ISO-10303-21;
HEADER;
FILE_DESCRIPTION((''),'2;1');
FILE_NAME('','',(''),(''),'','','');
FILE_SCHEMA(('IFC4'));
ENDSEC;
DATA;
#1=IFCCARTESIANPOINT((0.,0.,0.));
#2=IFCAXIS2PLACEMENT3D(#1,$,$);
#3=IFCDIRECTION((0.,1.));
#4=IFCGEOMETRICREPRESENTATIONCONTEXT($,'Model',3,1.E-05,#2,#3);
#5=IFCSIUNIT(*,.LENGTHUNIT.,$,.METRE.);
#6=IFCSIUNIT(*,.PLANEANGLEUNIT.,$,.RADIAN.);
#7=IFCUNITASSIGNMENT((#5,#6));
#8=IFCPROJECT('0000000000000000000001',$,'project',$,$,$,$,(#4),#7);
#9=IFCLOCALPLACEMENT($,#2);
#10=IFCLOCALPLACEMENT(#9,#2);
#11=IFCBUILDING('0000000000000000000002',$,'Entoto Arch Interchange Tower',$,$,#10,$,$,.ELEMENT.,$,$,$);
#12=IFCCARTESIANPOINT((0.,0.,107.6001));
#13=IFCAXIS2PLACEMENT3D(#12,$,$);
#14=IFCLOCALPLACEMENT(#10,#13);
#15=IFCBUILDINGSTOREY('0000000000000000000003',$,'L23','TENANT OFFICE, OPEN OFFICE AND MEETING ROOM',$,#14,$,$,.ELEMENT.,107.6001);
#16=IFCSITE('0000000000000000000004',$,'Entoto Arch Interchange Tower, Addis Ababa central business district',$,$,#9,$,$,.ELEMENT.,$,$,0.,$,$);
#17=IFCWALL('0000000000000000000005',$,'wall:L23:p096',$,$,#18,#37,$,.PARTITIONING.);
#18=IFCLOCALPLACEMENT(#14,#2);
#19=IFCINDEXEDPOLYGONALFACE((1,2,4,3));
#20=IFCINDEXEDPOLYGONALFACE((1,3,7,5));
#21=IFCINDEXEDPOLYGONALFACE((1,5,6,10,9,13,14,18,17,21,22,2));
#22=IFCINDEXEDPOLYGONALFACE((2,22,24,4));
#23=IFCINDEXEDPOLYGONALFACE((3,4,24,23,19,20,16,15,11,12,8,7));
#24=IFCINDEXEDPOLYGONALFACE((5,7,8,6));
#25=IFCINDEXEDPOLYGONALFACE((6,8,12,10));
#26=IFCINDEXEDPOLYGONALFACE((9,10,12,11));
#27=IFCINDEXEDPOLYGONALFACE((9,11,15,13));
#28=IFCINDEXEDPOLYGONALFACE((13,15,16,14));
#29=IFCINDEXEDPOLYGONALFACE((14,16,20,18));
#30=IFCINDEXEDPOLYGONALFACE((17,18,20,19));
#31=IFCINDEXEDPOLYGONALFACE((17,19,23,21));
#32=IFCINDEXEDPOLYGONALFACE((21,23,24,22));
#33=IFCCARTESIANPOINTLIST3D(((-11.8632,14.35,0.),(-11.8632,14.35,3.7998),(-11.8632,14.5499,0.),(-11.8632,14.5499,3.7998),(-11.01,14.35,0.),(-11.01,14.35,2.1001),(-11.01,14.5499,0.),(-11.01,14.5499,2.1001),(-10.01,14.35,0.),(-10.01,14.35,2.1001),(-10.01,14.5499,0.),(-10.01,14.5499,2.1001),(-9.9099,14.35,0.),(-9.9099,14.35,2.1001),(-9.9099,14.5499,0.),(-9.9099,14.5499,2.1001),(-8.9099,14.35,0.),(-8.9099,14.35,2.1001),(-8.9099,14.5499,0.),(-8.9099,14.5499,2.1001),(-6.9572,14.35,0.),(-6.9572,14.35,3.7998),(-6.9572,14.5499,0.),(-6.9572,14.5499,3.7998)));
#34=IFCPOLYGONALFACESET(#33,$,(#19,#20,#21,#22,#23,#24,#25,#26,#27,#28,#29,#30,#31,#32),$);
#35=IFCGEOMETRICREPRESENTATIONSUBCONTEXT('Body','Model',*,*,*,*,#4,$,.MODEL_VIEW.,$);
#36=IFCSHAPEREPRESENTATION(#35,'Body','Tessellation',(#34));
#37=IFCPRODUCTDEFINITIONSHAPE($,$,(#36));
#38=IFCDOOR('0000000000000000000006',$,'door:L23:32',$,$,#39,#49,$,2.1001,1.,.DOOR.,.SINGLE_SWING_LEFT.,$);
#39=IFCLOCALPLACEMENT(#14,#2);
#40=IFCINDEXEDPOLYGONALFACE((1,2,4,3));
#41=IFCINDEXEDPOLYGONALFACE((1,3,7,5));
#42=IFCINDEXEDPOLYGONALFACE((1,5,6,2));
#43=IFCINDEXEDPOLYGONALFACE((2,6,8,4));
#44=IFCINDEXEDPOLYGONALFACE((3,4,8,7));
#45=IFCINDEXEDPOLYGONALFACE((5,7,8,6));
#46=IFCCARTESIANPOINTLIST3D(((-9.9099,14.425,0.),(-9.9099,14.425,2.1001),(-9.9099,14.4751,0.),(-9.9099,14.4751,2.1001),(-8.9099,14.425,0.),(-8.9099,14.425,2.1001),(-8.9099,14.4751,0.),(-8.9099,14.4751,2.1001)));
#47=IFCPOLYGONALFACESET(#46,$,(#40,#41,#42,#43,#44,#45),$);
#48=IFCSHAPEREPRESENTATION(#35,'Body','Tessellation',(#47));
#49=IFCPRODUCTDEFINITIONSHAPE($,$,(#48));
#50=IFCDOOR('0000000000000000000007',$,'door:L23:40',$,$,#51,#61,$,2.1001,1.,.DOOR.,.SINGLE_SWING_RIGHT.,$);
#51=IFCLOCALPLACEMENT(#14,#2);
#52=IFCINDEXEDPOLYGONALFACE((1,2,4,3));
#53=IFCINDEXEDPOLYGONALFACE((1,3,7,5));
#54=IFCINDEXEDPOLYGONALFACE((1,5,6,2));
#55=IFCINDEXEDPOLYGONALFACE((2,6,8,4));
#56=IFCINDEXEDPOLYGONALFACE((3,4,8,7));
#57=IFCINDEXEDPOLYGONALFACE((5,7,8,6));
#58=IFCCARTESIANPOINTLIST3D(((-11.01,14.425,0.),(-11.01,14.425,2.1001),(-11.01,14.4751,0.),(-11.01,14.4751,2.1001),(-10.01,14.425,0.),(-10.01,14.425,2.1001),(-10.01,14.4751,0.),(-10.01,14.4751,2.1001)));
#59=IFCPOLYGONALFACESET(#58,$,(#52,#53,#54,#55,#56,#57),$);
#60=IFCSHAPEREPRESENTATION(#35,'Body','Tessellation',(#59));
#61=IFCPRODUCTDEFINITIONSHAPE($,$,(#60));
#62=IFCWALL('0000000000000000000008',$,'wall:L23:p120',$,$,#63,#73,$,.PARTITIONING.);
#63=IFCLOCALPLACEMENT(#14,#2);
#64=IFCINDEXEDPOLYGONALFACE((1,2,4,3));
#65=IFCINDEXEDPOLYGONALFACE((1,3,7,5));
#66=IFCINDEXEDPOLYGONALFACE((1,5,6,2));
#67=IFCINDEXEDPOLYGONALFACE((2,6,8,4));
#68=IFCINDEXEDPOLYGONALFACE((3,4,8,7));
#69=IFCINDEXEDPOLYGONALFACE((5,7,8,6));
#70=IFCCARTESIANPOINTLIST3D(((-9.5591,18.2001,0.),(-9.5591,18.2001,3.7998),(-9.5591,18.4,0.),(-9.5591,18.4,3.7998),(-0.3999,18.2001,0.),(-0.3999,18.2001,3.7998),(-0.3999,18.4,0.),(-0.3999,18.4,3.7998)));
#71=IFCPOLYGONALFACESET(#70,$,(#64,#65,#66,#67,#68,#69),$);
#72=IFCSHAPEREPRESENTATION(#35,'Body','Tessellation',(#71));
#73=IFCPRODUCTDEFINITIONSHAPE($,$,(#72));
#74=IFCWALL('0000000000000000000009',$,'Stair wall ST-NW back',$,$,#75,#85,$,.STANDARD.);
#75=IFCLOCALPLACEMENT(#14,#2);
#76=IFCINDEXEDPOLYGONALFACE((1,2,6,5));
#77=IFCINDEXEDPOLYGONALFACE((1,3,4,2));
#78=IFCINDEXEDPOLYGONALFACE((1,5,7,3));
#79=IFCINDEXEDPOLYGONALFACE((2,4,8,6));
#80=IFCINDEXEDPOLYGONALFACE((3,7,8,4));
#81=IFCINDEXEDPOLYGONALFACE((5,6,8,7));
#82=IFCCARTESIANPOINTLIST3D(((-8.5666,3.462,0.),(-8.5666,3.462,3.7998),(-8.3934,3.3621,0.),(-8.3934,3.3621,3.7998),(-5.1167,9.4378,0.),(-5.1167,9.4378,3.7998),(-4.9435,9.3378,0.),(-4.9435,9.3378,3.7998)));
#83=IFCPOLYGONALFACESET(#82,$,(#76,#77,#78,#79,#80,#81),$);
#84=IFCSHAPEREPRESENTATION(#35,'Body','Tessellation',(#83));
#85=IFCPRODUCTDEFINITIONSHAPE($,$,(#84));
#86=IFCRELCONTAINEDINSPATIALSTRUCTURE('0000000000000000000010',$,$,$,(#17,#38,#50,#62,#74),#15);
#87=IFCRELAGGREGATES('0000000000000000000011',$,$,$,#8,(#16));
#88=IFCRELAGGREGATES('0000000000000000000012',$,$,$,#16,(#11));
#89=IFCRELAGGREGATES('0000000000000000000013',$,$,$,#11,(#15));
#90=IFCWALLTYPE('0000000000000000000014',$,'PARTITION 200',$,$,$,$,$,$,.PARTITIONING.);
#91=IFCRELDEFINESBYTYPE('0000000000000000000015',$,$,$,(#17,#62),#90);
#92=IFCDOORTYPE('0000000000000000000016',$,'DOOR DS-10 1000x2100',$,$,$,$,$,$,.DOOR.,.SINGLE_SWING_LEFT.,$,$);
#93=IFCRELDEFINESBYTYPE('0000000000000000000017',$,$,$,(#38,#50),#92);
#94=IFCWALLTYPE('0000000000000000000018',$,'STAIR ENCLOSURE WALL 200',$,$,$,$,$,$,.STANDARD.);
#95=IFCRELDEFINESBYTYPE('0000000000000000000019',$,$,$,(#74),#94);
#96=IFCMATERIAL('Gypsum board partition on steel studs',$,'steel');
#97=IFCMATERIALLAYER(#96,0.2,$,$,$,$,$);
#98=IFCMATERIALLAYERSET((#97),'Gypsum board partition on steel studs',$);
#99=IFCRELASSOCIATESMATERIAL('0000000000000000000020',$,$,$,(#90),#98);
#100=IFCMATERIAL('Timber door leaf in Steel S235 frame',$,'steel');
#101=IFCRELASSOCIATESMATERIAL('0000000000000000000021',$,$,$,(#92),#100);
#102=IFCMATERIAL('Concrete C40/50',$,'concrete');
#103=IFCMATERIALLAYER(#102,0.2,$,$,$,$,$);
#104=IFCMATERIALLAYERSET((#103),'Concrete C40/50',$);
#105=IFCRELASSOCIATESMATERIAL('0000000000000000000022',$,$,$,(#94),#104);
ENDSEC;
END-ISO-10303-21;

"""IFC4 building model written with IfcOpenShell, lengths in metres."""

from ifc_helpers import new_model, si_unit, direction, frame, frame_2d, origin, place, context, subcontext, project, spatial, rectangle, extrude, material, layer, layer_set, type_object, element, fill, save


model = new_model("IFC4")

# Units and contexts
model_context = context("Model", 3, precision=1e-05, world=origin(), true_north=direction((0.0, 1.0)))
body_context = subcontext(model_context, "Body", "Model", "MODEL_VIEW")
ifc_project = project(units=[si_unit("LENGTHUNIT", "METRE"), si_unit("PLANEANGLEUNIT", "RADIAN")], contexts=[model_context])

# Site, building, storey
site_placement = place(None, origin())
site = spatial("IfcSite", under=ifc_project, at=site_placement, Name="Entoto Arch Interchange Tower, Addis Ababa central business district", CompositionType="ELEMENT", RefElevation=0.0)
building_placement = place(site_placement, origin())
building = spatial("IfcBuilding", under=site, at=building_placement, Name="Entoto Arch Interchange Tower", CompositionType="ELEMENT")
storey_placement = place(building_placement, frame((0.0, 0.0, 107.6001)))
storey = spatial("IfcBuildingStorey", under=building, at=storey_placement, Name="L23", Description="TENANT OFFICE, OPEN OFFICE AND MEETING ROOM", CompositionType="ELEMENT", Elevation=107.6001)

# Shared definitions
ifc_material_1 = material(Name="Concrete C40/50", Category="concrete")

# Shared definitions
ifc_material_2 = material(Name="Gypsum board partition on steel studs", Category="steel")
ifc_layer_1 = layer(ifc_material_2, 0.2)
ifc_layer_set_1 = layer_set([ifc_layer_1], Name="Gypsum board partition on steel studs")
wall_type_1 = type_object("IfcWallType", Name="PARTITION 200", PredefinedType="PARTITIONING", material=ifc_layer_set_1)

# Wall, openings, doors
wall_1_placement = place(storey_placement, frame((-6.957, 14.45, 0.0), z_axis=(0.0, 0.0, 1.0), x_axis=(-1.0, 0.0, 0.0)))
wall_1 = element("IfcWall", 1, at=wall_1_placement, inside=storey, type_object=wall_type_1, Name="wall:L23:p096", PredefinedType="PARTITIONING", context=body_context, shape_type="SweptSolid", body=[
    extrude(rectangle(XDim=4.906, YDim=0.2, at=frame_2d((2.4531, 0.0))), origin(), (0.0, 0.0, 1.0), 3.7998),
])
opening_1_placement = place(wall_1_placement, frame((1.9529, 0.0, 0.0)))
opening_1 = element("IfcOpeningElement", 2, at=opening_1_placement, cuts=wall_1, PredefinedType="OPENING", context=body_context, shape_type="SweptSolid", body=[
    extrude(rectangle(XDim=1.0, YDim=2.1001, at=frame_2d((0.5, 1.05))), frame((0.0, 0.1099, 0.0), z_axis=(0.0, -1.0, 0.0), x_axis=(1.0, 0.0, 0.0)), (0.0, 0.0, 1.0), 0.22),
])
opening_2_placement = place(wall_1_placement, frame((3.053, 0.0, 0.0)))
opening_2 = element("IfcOpeningElement", 3, at=opening_2_placement, cuts=wall_1, PredefinedType="OPENING", context=body_context, shape_type="SweptSolid", body=[
    extrude(rectangle(XDim=1.0, YDim=2.1001, at=frame_2d((0.5, 1.05))), frame((0.0, 0.1099, 0.0), z_axis=(0.0, -1.0, 0.0), x_axis=(1.0, 0.0, 0.0)), (0.0, 0.0, 1.0), 0.22),
])
ifc_material_3 = material(Name="Timber door leaf in Steel S235 frame", Category="steel")
door_type_1 = type_object("IfcDoorType", Name="DOOR DS-10 1000x2100", OperationType="SINGLE_SWING_LEFT", PredefinedType="DOOR", material=ifc_material_3)
door_1_placement = place(opening_1_placement, origin())
door_1 = element("IfcDoor", 4, at=door_1_placement, inside=storey, type_object=door_type_1, Name="door:L23:32", OperationType="SINGLE_SWING_LEFT", OverallHeight=2.1001, OverallWidth=1.0, PredefinedType="DOOR", context=body_context, shape_type="SweptSolid", body=[
    extrude(rectangle(XDim=1.0, YDim=2.1001, at=frame_2d((0.5, 1.05))), frame((0.0, 0.0249, 0.0), z_axis=(0.0, -1.0, 0.0), x_axis=(1.0, 0.0, 0.0)), (0.0, 0.0, 1.0), 0.05),
])
fill(opening_1, door_1)
door_2_placement = place(opening_2_placement, origin())
door_2 = element("IfcDoor", 5, at=door_2_placement, inside=storey, type_object=door_type_1, Name="door:L23:40", OperationType="SINGLE_SWING_RIGHT", OverallHeight=2.1001, OverallWidth=1.0, PredefinedType="DOOR", context=body_context, shape_type="SweptSolid", body=[
    extrude(rectangle(XDim=1.0, YDim=2.1001, at=frame_2d((0.5, 1.05))), frame((0.0, 0.0249, 0.0), z_axis=(0.0, -1.0, 0.0), x_axis=(1.0, 0.0, 0.0)), (0.0, 0.0, 1.0), 0.05),
])
fill(opening_2, door_2)

# Walls
wall_2_placement = place(storey_placement, frame((-9.5591, 18.3, 0.0), z_axis=(0.0, 0.0, 1.0), x_axis=(1.0, 0.0, 0.0)))
element("IfcWall", 6, at=wall_2_placement, inside=storey, type_object=wall_type_1, Name="wall:L23:p120", PredefinedType="PARTITIONING", context=body_context, shape_type="SweptSolid", body=[
    extrude(rectangle(XDim=9.1592, YDim=0.2, at=frame_2d((4.5796, 0.0))), origin(), (0.0, 0.0, 1.0), 3.7998),
])
ifc_layer_2 = layer(ifc_material_1, 0.2)
ifc_layer_set_2 = layer_set([ifc_layer_2], Name="Concrete C40/50")
wall_type_2 = type_object("IfcWallType", Name="STAIR ENCLOSURE WALL 200", PredefinedType="STANDARD", material=ifc_layer_set_2)
wall_3_placement = place(storey_placement, frame((-5.03, 9.3879, 0.0), z_axis=(0.0, 0.0, 1.0), x_axis=(-0.499979, -0.866038, 0.0)))
element("IfcWall", 7, at=wall_3_placement, inside=storey, type_object=wall_type_2, Name="Stair wall ST-NW back", PredefinedType="STANDARD", context=body_context, shape_type="SweptSolid", body=[
    extrude(rectangle(XDim=6.9001, YDim=0.2, at=frame_2d((3.4502, 0.0))), origin(), (0.0, 0.0, 1.0), 3.7998),
])

save(model, "model.ifc")
